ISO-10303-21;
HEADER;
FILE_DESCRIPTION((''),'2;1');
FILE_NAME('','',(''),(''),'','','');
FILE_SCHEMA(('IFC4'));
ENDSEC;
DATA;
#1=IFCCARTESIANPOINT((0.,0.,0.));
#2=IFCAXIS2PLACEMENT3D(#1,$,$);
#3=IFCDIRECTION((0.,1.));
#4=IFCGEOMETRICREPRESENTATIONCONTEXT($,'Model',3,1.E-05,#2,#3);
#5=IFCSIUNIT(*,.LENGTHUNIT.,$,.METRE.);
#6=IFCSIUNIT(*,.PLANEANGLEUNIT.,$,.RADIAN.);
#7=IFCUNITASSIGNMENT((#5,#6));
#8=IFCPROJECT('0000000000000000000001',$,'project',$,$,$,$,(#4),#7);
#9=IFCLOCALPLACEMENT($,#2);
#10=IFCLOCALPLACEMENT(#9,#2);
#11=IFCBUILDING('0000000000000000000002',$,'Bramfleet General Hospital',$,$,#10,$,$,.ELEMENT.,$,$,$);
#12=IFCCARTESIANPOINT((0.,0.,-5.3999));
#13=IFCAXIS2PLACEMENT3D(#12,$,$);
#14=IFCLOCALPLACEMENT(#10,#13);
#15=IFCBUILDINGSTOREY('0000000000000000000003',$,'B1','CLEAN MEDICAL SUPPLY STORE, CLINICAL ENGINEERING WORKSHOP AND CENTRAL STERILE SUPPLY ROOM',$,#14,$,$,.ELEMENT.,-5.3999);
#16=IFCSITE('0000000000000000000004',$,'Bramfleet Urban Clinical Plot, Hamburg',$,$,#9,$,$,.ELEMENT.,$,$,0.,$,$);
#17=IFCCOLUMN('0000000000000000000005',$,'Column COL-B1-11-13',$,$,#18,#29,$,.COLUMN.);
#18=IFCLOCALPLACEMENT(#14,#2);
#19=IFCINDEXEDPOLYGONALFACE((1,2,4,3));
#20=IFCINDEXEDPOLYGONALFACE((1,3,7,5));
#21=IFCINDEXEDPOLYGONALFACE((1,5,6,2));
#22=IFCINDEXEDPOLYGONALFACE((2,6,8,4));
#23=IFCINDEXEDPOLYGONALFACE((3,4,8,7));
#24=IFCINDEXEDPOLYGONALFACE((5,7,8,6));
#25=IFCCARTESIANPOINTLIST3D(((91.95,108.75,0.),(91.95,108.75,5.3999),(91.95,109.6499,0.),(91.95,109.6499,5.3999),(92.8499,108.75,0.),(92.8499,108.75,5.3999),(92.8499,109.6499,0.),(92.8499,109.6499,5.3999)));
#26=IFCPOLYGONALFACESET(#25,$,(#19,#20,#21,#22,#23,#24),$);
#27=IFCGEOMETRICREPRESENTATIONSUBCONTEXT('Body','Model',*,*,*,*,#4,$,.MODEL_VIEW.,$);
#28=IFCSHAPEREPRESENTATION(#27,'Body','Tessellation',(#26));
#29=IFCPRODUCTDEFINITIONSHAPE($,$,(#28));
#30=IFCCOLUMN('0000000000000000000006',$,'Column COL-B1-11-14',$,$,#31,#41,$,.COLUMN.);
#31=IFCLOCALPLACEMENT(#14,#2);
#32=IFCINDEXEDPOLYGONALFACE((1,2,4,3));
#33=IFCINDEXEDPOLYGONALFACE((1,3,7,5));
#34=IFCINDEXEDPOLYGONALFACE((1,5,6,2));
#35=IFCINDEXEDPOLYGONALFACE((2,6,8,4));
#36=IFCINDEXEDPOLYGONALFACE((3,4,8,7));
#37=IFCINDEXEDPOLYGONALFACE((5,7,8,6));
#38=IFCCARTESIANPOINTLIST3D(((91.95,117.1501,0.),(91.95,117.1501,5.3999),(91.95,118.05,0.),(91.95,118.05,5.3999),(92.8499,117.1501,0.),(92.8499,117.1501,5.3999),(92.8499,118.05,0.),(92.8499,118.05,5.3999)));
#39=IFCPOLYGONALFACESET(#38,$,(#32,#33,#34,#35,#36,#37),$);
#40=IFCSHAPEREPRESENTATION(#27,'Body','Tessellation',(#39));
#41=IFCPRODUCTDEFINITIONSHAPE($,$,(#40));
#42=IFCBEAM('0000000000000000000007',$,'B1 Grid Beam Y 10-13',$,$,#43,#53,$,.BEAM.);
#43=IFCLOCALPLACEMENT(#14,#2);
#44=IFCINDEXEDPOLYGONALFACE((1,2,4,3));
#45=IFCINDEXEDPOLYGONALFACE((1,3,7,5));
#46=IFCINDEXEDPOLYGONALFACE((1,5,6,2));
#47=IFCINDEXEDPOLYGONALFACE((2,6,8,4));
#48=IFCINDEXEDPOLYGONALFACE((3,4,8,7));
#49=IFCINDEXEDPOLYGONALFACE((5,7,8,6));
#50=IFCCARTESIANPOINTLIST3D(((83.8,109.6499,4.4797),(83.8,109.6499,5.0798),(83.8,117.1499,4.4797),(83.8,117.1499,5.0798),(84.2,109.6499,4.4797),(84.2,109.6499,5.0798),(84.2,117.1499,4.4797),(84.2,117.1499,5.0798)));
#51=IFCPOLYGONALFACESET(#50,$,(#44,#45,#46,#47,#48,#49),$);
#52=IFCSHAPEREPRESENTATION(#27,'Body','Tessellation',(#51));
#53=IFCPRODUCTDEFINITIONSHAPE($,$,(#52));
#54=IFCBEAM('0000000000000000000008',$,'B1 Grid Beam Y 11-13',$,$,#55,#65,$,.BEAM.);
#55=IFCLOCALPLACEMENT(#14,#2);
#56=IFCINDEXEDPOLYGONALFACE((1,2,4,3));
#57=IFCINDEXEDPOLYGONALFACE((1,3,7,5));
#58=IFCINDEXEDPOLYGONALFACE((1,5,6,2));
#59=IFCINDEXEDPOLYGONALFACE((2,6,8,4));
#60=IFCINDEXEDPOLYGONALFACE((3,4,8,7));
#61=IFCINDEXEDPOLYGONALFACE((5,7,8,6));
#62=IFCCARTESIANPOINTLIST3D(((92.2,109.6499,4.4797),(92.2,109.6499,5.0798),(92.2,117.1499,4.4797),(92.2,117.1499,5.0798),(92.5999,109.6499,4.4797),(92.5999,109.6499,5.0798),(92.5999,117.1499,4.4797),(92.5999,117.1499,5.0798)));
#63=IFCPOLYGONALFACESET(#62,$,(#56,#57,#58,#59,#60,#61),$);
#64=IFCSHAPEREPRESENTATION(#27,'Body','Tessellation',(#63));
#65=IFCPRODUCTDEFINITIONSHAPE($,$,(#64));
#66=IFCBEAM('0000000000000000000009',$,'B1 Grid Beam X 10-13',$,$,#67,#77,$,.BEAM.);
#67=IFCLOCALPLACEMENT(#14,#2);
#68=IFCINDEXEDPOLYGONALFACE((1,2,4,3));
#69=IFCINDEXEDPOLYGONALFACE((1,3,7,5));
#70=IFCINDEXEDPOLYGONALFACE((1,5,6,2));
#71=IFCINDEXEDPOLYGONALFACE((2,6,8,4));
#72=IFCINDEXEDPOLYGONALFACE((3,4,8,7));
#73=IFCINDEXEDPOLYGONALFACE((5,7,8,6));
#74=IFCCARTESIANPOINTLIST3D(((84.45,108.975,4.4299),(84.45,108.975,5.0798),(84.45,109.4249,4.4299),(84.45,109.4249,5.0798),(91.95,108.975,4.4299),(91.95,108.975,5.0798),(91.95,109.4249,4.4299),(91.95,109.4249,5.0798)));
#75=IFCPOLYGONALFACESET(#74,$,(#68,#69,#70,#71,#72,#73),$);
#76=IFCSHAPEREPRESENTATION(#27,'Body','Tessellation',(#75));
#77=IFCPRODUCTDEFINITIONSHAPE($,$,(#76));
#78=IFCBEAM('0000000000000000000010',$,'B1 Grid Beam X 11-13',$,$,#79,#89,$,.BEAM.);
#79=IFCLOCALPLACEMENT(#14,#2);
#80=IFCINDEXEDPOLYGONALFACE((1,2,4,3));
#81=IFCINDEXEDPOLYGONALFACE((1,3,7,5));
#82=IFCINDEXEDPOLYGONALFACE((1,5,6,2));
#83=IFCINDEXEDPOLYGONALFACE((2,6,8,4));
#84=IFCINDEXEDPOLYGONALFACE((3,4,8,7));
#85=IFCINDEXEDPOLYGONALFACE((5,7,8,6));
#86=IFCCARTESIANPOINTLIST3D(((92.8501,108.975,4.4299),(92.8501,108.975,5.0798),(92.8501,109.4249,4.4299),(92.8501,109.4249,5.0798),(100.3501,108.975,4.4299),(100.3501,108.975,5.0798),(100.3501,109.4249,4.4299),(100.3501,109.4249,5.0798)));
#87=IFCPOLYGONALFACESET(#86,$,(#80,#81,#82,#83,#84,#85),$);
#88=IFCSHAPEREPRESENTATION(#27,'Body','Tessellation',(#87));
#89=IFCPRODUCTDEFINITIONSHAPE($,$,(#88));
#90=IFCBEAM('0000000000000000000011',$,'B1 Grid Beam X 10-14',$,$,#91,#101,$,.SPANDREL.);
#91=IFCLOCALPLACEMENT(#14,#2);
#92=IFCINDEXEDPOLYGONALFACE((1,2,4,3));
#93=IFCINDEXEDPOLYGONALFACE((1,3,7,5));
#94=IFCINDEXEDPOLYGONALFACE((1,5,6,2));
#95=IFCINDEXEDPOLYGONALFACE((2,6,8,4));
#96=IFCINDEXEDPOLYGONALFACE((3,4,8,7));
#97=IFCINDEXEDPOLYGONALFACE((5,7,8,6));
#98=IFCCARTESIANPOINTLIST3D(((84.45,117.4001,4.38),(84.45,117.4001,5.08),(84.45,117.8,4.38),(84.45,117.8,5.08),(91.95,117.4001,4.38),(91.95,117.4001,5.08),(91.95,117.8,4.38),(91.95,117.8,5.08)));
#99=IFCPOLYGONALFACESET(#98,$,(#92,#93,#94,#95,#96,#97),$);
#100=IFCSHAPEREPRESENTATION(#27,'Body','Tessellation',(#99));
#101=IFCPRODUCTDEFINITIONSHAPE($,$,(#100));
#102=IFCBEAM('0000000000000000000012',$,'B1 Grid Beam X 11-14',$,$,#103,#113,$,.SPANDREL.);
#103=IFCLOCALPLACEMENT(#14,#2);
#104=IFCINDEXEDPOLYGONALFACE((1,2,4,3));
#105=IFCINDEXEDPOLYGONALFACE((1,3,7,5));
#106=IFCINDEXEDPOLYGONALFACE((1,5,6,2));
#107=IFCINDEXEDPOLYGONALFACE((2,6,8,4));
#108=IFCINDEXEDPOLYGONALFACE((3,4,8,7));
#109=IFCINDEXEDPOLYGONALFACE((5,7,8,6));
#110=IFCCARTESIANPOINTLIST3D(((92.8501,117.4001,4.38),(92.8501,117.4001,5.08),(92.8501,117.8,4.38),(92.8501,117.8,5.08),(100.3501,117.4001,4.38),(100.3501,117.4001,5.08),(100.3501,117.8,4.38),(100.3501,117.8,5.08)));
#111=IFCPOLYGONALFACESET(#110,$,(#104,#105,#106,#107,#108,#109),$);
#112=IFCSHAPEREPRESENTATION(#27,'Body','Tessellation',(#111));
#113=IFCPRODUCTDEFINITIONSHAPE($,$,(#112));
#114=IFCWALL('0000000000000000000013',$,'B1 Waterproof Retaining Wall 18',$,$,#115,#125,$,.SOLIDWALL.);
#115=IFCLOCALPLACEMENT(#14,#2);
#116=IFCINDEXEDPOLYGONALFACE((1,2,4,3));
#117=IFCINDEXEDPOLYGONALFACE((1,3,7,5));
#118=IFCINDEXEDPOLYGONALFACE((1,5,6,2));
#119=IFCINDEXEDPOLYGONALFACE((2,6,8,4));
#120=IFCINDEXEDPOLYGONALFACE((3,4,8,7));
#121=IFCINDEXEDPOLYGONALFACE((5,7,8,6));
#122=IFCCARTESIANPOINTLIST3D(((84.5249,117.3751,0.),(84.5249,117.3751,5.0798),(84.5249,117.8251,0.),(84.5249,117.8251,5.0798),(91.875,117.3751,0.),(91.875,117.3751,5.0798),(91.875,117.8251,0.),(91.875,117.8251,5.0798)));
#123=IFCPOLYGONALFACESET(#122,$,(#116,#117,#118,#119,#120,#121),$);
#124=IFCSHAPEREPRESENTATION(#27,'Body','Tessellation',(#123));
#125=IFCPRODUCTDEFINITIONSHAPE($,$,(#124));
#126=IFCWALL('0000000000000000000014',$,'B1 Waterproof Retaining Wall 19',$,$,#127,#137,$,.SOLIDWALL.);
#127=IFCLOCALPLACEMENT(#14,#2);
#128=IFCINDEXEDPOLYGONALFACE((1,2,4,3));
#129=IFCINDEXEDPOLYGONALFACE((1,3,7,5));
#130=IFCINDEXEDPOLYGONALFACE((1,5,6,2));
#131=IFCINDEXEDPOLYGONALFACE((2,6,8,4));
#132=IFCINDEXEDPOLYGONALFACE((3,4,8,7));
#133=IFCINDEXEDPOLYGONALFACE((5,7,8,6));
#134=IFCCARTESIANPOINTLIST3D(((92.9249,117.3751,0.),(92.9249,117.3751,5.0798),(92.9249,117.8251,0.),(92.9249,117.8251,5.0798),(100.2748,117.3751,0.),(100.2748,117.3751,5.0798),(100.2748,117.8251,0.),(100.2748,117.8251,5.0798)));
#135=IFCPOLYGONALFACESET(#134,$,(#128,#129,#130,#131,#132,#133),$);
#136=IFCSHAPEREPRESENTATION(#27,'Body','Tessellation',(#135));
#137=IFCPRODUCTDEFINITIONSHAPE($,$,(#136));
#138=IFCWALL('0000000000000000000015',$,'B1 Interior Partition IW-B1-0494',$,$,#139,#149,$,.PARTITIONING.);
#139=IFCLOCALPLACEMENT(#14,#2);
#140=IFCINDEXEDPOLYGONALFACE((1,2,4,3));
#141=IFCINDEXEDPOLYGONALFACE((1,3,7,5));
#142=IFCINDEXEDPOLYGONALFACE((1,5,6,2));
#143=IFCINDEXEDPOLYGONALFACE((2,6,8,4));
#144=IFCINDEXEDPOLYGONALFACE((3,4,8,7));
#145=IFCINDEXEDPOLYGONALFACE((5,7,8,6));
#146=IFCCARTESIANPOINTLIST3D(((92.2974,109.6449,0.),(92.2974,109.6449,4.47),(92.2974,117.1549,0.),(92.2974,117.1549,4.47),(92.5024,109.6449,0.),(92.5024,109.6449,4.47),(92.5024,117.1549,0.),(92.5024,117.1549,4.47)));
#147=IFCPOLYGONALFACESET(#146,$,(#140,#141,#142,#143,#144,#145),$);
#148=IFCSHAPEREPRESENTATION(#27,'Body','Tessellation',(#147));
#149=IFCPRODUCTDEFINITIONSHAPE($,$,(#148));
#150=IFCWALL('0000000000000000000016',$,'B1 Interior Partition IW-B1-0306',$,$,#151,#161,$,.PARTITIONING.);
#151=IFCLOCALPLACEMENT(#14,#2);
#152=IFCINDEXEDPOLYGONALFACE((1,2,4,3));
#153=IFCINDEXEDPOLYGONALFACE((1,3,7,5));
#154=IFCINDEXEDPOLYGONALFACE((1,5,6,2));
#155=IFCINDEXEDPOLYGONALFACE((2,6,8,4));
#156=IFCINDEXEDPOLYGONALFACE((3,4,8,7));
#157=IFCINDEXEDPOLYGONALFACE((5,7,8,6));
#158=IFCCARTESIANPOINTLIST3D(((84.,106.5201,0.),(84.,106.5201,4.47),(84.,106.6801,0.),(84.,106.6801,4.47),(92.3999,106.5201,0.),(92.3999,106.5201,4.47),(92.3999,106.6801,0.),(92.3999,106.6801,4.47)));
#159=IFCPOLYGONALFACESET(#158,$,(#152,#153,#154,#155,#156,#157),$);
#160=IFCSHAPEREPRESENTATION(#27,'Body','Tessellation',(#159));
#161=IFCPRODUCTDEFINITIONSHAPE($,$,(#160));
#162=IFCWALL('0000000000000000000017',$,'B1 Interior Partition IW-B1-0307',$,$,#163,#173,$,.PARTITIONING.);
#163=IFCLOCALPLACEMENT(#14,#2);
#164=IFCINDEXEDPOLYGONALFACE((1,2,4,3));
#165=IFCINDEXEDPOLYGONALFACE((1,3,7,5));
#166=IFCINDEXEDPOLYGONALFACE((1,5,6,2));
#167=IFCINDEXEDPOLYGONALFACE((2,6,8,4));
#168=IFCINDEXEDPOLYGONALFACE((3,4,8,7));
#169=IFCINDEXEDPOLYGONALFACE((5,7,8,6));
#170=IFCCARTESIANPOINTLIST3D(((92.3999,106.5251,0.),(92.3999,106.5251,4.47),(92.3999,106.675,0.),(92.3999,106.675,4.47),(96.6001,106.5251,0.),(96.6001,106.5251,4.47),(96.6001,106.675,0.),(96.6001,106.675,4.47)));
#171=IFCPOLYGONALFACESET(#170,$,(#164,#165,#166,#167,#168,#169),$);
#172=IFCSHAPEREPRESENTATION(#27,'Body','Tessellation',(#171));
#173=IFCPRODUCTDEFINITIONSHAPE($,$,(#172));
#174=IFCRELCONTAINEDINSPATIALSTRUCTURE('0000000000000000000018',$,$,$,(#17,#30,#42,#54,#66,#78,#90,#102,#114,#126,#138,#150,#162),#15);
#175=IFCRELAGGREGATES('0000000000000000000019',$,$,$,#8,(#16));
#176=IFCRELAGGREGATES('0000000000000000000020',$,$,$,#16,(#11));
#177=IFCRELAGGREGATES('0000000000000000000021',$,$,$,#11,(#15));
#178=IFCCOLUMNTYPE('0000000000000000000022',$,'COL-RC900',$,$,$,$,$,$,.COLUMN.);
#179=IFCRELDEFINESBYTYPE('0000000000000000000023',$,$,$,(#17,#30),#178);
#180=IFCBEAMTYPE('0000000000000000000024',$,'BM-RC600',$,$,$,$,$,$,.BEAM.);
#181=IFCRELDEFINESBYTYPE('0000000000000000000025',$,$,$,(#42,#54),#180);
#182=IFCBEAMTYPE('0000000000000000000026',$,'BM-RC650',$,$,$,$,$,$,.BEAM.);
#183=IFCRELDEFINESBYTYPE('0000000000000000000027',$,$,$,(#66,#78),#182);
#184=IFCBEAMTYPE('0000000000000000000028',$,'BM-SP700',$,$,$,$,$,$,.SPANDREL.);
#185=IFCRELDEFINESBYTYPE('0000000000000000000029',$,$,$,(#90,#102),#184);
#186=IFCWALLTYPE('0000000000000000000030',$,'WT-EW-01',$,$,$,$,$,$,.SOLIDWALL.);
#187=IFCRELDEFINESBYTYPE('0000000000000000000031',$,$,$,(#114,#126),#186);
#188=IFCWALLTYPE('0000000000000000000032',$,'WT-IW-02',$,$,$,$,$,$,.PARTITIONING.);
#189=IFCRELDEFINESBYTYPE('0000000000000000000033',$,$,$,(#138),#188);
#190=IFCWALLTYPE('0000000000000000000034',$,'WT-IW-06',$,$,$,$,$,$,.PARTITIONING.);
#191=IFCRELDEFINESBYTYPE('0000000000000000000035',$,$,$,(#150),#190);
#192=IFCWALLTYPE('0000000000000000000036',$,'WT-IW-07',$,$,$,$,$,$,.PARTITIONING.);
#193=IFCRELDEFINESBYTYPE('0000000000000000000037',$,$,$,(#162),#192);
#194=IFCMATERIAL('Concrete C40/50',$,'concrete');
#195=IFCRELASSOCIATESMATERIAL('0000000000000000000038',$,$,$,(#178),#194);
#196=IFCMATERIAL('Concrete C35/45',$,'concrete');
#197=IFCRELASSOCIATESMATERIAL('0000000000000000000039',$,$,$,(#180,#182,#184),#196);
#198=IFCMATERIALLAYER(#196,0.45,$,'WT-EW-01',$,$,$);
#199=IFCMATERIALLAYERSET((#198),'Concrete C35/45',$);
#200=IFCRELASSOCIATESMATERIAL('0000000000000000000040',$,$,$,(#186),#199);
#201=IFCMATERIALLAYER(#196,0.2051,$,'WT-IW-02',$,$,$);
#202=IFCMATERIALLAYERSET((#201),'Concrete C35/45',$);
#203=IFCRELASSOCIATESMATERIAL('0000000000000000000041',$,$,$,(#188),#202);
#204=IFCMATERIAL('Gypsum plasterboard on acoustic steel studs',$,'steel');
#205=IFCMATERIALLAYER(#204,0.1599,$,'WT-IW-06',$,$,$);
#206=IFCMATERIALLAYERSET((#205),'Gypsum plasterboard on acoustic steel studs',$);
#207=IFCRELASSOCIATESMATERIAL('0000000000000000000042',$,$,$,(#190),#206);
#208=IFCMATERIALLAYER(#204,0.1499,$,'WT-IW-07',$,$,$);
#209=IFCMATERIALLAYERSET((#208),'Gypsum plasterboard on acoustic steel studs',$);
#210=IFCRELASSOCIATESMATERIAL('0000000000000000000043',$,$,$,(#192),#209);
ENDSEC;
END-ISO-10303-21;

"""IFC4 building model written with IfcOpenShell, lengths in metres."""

from ifc_helpers import new_model, si_unit, direction, frame, frame_2d, origin, origin_2d, place, context, subcontext, project, spatial, rectangle, extrude, material, layer, layer_set, material_profile, profile_set, type_object, element, save


model = new_model("IFC4")

# Units and contexts
model_context = context("Model", 3, precision=1e-05, world=origin(), true_north=direction((0.0, 1.0)))
body_context = subcontext(model_context, "Body", "Model", "MODEL_VIEW")
ifc_project = project(units=[si_unit("LENGTHUNIT", "METRE"), si_unit("PLANEANGLEUNIT", "RADIAN")], contexts=[model_context])

# Site, building, storey
site_placement = place(None, origin())
site = spatial("IfcSite", under=ifc_project, at=site_placement, Name="Bramfleet Urban Clinical Plot, Hamburg", CompositionType="ELEMENT", RefElevation=0.0)
building_placement = place(site_placement, origin())
building = spatial("IfcBuilding", under=site, at=building_placement, Name="Bramfleet General Hospital", CompositionType="ELEMENT")
storey_placement = place(building_placement, frame((0.0, 0.0, -5.3999)))
storey = spatial("IfcBuildingStorey", under=building, at=storey_placement, Name="B1", Description="CLEAN MEDICAL SUPPLY STORE, CLINICAL ENGINEERING WORKSHOP AND CENTRAL STERILE SUPPLY ROOM", CompositionType="ELEMENT", Elevation=-5.3999)

# Shared definitions
ifc_material_1 = material(Name="Concrete C35/45", Category="concrete")

# Columns
ifc_material_2 = material(Name="Concrete C40/50", Category="concrete")
ifc_material_profile_1 = material_profile(ifc_material_2, rectangle(XDim=0.8999, YDim=0.8999, at=origin_2d()), Name="RC COL 900x900")
ifc_profile_set_1 = profile_set([ifc_material_profile_1], Name="Concrete C40/50")
column_type = type_object("IfcColumnType", Name="COL-RC900", PredefinedType="COLUMN", material=ifc_profile_set_1)
for number, where, z_axis, x_axis, name in (
    (1, (92.3999, 109.2, 0.0), (0.0, 0.0, 1.0), (1.0, 0.0, 0.0), "Column COL-B1-11-13"),
    (2, (92.3999, 117.6001, 0.0), (0.0, 0.0, 1.0), (1.0, 0.0, 0.0), "Column COL-B1-11-14"),
):
    element("IfcColumn", number, at=place(storey_placement, frame(where, z_axis=z_axis, x_axis=x_axis)), inside=storey, type_object=column_type, Name=name, PredefinedType="COLUMN", context=body_context, shape_type="SweptSolid", body=[
        extrude(rectangle(XDim=0.8999, YDim=0.8999, at=origin_2d()), origin(), (0.0, 0.0, 1.0), 5.3999),
    ])

# Beams
ifc_material_profile_2 = material_profile(ifc_material_1, rectangle(XDim=0.3999, YDim=0.6001, at=origin_2d()), Name="RC BM 600x400")
ifc_profile_set_2 = profile_set([ifc_material_profile_2], Name="Concrete C35/45")
beam_type_1 = type_object("IfcBeamType", Name="BM-RC600", PredefinedType="BEAM", material=ifc_profile_set_2)
for number, where, z_axis, x_axis, name in (
    (3, (84.0, 109.6499, 4.7798), (0.0, 1.0, 0.0), (-1.0, 0.0, 0.0), "B1 Grid Beam Y 10-13"),
    (4, (92.3999, 109.6499, 4.7798), (0.0, 1.0, 0.0), (-1.0, 0.0, 0.0), "B1 Grid Beam Y 11-13"),
):
    element("IfcBeam", number, at=place(storey_placement, frame(where, z_axis=z_axis, x_axis=x_axis)), inside=storey, type_object=beam_type_1, Name=name, PredefinedType="BEAM", context=body_context, shape_type="SweptSolid", body=[
        extrude(rectangle(XDim=0.3999, YDim=0.6001, at=origin_2d()), origin(), (0.0, 0.0, 1.0), 7.5),
    ])
ifc_material_profile_3 = material_profile(ifc_material_1, rectangle(XDim=0.45, YDim=0.6499, at=origin_2d()), Name="RC BM 650x450")
ifc_profile_set_3 = profile_set([ifc_material_profile_3], Name="Concrete C35/45")
beam_type_2 = type_object("IfcBeamType", Name="BM-RC650", PredefinedType="BEAM", material=ifc_profile_set_3)
for number, where, z_axis, x_axis, name in (
    (5, (84.45, 109.2, 4.7549), (1.0, 0.0, 0.0), (0.0, 1.0, 0.0), "B1 Grid Beam X 10-13"),
    (6, (92.8501, 109.2, 4.7549), (1.0, 0.0, 0.0), (0.0, 1.0, 0.0), "B1 Grid Beam X 11-13"),
):
    element("IfcBeam", number, at=place(storey_placement, frame(where, z_axis=z_axis, x_axis=x_axis)), inside=storey, type_object=beam_type_2, Name=name, PredefinedType="BEAM", context=body_context, shape_type="SweptSolid", body=[
        extrude(rectangle(XDim=0.45, YDim=0.6499, at=origin_2d()), origin(), (0.0, 0.0, 1.0), 7.5),
    ])
ifc_material_profile_4 = material_profile(ifc_material_1, rectangle(XDim=0.3999, YDim=0.7, at=origin_2d()), Name="RC SP 700x400")
ifc_profile_set_4 = profile_set([ifc_material_profile_4], Name="Concrete C35/45")
beam_type_3 = type_object("IfcBeamType", Name="BM-SP700", PredefinedType="SPANDREL", material=ifc_profile_set_4)
for number, where, z_axis, x_axis, name in (
    (7, (84.45, 117.6001, 4.73), (1.0, 0.0, 0.0), (0.0, 1.0, 0.0), "B1 Grid Beam X 10-14"),
    (8, (92.8501, 117.6001, 4.73), (1.0, 0.0, 0.0), (0.0, 1.0, 0.0), "B1 Grid Beam X 11-14"),
):
    element("IfcBeam", number, at=place(storey_placement, frame(where, z_axis=z_axis, x_axis=x_axis)), inside=storey, type_object=beam_type_3, Name=name, PredefinedType="SPANDREL", context=body_context, shape_type="SweptSolid", body=[
        extrude(rectangle(XDim=0.3999, YDim=0.7, at=origin_2d()), origin(), (0.0, 0.0, 1.0), 7.5),
    ])

# Walls
ifc_layer_1 = layer(ifc_material_1, 0.45, Name="WT-EW-01")
ifc_layer_set_1 = layer_set([ifc_layer_1], Name="Concrete C35/45")
wall_type_1 = type_object("IfcWallType", Name="WT-EW-01", PredefinedType="SOLIDWALL", material=ifc_layer_set_1)
wall_1_placement = place(storey_placement, frame((84.5249, 117.6001, 0.0), z_axis=(0.0, 0.0, 1.0), x_axis=(1.0, 0.0, 0.0)))
element("IfcWall", 9, at=wall_1_placement, inside=storey, type_object=wall_type_1, Name="B1 Waterproof Retaining Wall 18", PredefinedType="SOLIDWALL", context=body_context, shape_type="SweptSolid", body=[
    extrude(rectangle(XDim=7.3501, YDim=0.45, at=frame_2d((3.675, 0.0))), origin(), (0.0, 0.0, 1.0), 5.0798),
])
wall_2_placement = place(storey_placement, frame((92.925, 117.6001, 0.0), z_axis=(0.0, 0.0, 1.0), x_axis=(1.0, 0.0, 0.0)))
element("IfcWall", 10, at=wall_2_placement, inside=storey, type_object=wall_type_1, Name="B1 Waterproof Retaining Wall 19", PredefinedType="SOLIDWALL", context=body_context, shape_type="SweptSolid", body=[
    extrude(rectangle(XDim=7.3499, YDim=0.45, at=frame_2d((3.6748, 0.0))), origin(), (0.0, 0.0, 1.0), 5.0798),
])
ifc_layer_2 = layer(ifc_material_1, 0.2051, Name="WT-IW-02")
ifc_layer_set_2 = layer_set([ifc_layer_2], Name="Concrete C35/45")
wall_type_2 = type_object("IfcWallType", Name="WT-IW-02", PredefinedType="PARTITIONING", material=ifc_layer_set_2)
wall_3_placement = place(storey_placement, frame((92.3999, 109.645, 0.0), z_axis=(0.0, 0.0, 1.0), x_axis=(0.0, 1.0, 0.0)))
element("IfcWall", 11, at=wall_3_placement, inside=storey, type_object=wall_type_2, Name="B1 Interior Partition IW-B1-0494", PredefinedType="PARTITIONING", context=body_context, shape_type="SweptSolid", body=[
    extrude(rectangle(XDim=7.51, YDim=0.2051, at=frame_2d((3.7549, 0.0))), origin(), (0.0, 0.0, 1.0), 4.47),
])
ifc_material_3 = material(Name="Gypsum plasterboard on acoustic steel studs", Category="steel")
ifc_layer_3 = layer(ifc_material_3, 0.1599, Name="WT-IW-06")
ifc_layer_set_3 = layer_set([ifc_layer_3], Name="Gypsum plasterboard on acoustic steel studs")
wall_type_3 = type_object("IfcWallType", Name="WT-IW-06", PredefinedType="PARTITIONING", material=ifc_layer_set_3)
wall_4_placement = place(storey_placement, frame((84.0, 106.6001, 0.0), z_axis=(0.0, 0.0, 1.0), x_axis=(1.0, 0.0, 0.0)))
element("IfcWall", 12, at=wall_4_placement, inside=storey, type_object=wall_type_3, Name="B1 Interior Partition IW-B1-0306", PredefinedType="PARTITIONING", context=body_context, shape_type="SweptSolid", body=[
    extrude(rectangle(XDim=8.3999, YDim=0.1599, at=frame_2d((4.2, 0.0))), origin(), (0.0, 0.0, 1.0), 4.47),
])
ifc_layer_4 = layer(ifc_material_3, 0.1499, Name="WT-IW-07")
ifc_layer_set_4 = layer_set([ifc_layer_4], Name="Gypsum plasterboard on acoustic steel studs")
wall_type_4 = type_object("IfcWallType", Name="WT-IW-07", PredefinedType="PARTITIONING", material=ifc_layer_set_4)
wall_5_placement = place(storey_placement, frame((92.3999, 106.6001, 0.0), z_axis=(0.0, 0.0, 1.0), x_axis=(1.0, 0.0, 0.0)))
element("IfcWall", 13, at=wall_5_placement, inside=storey, type_object=wall_type_4, Name="B1 Interior Partition IW-B1-0307", PredefinedType="PARTITIONING", context=body_context, shape_type="SweptSolid", body=[
    extrude(rectangle(XDim=4.2002, YDim=0.1499, at=frame_2d((2.1001, 0.0))), origin(), (0.0, 0.0, 1.0), 4.47),
])

save(model, "model.ifc")
